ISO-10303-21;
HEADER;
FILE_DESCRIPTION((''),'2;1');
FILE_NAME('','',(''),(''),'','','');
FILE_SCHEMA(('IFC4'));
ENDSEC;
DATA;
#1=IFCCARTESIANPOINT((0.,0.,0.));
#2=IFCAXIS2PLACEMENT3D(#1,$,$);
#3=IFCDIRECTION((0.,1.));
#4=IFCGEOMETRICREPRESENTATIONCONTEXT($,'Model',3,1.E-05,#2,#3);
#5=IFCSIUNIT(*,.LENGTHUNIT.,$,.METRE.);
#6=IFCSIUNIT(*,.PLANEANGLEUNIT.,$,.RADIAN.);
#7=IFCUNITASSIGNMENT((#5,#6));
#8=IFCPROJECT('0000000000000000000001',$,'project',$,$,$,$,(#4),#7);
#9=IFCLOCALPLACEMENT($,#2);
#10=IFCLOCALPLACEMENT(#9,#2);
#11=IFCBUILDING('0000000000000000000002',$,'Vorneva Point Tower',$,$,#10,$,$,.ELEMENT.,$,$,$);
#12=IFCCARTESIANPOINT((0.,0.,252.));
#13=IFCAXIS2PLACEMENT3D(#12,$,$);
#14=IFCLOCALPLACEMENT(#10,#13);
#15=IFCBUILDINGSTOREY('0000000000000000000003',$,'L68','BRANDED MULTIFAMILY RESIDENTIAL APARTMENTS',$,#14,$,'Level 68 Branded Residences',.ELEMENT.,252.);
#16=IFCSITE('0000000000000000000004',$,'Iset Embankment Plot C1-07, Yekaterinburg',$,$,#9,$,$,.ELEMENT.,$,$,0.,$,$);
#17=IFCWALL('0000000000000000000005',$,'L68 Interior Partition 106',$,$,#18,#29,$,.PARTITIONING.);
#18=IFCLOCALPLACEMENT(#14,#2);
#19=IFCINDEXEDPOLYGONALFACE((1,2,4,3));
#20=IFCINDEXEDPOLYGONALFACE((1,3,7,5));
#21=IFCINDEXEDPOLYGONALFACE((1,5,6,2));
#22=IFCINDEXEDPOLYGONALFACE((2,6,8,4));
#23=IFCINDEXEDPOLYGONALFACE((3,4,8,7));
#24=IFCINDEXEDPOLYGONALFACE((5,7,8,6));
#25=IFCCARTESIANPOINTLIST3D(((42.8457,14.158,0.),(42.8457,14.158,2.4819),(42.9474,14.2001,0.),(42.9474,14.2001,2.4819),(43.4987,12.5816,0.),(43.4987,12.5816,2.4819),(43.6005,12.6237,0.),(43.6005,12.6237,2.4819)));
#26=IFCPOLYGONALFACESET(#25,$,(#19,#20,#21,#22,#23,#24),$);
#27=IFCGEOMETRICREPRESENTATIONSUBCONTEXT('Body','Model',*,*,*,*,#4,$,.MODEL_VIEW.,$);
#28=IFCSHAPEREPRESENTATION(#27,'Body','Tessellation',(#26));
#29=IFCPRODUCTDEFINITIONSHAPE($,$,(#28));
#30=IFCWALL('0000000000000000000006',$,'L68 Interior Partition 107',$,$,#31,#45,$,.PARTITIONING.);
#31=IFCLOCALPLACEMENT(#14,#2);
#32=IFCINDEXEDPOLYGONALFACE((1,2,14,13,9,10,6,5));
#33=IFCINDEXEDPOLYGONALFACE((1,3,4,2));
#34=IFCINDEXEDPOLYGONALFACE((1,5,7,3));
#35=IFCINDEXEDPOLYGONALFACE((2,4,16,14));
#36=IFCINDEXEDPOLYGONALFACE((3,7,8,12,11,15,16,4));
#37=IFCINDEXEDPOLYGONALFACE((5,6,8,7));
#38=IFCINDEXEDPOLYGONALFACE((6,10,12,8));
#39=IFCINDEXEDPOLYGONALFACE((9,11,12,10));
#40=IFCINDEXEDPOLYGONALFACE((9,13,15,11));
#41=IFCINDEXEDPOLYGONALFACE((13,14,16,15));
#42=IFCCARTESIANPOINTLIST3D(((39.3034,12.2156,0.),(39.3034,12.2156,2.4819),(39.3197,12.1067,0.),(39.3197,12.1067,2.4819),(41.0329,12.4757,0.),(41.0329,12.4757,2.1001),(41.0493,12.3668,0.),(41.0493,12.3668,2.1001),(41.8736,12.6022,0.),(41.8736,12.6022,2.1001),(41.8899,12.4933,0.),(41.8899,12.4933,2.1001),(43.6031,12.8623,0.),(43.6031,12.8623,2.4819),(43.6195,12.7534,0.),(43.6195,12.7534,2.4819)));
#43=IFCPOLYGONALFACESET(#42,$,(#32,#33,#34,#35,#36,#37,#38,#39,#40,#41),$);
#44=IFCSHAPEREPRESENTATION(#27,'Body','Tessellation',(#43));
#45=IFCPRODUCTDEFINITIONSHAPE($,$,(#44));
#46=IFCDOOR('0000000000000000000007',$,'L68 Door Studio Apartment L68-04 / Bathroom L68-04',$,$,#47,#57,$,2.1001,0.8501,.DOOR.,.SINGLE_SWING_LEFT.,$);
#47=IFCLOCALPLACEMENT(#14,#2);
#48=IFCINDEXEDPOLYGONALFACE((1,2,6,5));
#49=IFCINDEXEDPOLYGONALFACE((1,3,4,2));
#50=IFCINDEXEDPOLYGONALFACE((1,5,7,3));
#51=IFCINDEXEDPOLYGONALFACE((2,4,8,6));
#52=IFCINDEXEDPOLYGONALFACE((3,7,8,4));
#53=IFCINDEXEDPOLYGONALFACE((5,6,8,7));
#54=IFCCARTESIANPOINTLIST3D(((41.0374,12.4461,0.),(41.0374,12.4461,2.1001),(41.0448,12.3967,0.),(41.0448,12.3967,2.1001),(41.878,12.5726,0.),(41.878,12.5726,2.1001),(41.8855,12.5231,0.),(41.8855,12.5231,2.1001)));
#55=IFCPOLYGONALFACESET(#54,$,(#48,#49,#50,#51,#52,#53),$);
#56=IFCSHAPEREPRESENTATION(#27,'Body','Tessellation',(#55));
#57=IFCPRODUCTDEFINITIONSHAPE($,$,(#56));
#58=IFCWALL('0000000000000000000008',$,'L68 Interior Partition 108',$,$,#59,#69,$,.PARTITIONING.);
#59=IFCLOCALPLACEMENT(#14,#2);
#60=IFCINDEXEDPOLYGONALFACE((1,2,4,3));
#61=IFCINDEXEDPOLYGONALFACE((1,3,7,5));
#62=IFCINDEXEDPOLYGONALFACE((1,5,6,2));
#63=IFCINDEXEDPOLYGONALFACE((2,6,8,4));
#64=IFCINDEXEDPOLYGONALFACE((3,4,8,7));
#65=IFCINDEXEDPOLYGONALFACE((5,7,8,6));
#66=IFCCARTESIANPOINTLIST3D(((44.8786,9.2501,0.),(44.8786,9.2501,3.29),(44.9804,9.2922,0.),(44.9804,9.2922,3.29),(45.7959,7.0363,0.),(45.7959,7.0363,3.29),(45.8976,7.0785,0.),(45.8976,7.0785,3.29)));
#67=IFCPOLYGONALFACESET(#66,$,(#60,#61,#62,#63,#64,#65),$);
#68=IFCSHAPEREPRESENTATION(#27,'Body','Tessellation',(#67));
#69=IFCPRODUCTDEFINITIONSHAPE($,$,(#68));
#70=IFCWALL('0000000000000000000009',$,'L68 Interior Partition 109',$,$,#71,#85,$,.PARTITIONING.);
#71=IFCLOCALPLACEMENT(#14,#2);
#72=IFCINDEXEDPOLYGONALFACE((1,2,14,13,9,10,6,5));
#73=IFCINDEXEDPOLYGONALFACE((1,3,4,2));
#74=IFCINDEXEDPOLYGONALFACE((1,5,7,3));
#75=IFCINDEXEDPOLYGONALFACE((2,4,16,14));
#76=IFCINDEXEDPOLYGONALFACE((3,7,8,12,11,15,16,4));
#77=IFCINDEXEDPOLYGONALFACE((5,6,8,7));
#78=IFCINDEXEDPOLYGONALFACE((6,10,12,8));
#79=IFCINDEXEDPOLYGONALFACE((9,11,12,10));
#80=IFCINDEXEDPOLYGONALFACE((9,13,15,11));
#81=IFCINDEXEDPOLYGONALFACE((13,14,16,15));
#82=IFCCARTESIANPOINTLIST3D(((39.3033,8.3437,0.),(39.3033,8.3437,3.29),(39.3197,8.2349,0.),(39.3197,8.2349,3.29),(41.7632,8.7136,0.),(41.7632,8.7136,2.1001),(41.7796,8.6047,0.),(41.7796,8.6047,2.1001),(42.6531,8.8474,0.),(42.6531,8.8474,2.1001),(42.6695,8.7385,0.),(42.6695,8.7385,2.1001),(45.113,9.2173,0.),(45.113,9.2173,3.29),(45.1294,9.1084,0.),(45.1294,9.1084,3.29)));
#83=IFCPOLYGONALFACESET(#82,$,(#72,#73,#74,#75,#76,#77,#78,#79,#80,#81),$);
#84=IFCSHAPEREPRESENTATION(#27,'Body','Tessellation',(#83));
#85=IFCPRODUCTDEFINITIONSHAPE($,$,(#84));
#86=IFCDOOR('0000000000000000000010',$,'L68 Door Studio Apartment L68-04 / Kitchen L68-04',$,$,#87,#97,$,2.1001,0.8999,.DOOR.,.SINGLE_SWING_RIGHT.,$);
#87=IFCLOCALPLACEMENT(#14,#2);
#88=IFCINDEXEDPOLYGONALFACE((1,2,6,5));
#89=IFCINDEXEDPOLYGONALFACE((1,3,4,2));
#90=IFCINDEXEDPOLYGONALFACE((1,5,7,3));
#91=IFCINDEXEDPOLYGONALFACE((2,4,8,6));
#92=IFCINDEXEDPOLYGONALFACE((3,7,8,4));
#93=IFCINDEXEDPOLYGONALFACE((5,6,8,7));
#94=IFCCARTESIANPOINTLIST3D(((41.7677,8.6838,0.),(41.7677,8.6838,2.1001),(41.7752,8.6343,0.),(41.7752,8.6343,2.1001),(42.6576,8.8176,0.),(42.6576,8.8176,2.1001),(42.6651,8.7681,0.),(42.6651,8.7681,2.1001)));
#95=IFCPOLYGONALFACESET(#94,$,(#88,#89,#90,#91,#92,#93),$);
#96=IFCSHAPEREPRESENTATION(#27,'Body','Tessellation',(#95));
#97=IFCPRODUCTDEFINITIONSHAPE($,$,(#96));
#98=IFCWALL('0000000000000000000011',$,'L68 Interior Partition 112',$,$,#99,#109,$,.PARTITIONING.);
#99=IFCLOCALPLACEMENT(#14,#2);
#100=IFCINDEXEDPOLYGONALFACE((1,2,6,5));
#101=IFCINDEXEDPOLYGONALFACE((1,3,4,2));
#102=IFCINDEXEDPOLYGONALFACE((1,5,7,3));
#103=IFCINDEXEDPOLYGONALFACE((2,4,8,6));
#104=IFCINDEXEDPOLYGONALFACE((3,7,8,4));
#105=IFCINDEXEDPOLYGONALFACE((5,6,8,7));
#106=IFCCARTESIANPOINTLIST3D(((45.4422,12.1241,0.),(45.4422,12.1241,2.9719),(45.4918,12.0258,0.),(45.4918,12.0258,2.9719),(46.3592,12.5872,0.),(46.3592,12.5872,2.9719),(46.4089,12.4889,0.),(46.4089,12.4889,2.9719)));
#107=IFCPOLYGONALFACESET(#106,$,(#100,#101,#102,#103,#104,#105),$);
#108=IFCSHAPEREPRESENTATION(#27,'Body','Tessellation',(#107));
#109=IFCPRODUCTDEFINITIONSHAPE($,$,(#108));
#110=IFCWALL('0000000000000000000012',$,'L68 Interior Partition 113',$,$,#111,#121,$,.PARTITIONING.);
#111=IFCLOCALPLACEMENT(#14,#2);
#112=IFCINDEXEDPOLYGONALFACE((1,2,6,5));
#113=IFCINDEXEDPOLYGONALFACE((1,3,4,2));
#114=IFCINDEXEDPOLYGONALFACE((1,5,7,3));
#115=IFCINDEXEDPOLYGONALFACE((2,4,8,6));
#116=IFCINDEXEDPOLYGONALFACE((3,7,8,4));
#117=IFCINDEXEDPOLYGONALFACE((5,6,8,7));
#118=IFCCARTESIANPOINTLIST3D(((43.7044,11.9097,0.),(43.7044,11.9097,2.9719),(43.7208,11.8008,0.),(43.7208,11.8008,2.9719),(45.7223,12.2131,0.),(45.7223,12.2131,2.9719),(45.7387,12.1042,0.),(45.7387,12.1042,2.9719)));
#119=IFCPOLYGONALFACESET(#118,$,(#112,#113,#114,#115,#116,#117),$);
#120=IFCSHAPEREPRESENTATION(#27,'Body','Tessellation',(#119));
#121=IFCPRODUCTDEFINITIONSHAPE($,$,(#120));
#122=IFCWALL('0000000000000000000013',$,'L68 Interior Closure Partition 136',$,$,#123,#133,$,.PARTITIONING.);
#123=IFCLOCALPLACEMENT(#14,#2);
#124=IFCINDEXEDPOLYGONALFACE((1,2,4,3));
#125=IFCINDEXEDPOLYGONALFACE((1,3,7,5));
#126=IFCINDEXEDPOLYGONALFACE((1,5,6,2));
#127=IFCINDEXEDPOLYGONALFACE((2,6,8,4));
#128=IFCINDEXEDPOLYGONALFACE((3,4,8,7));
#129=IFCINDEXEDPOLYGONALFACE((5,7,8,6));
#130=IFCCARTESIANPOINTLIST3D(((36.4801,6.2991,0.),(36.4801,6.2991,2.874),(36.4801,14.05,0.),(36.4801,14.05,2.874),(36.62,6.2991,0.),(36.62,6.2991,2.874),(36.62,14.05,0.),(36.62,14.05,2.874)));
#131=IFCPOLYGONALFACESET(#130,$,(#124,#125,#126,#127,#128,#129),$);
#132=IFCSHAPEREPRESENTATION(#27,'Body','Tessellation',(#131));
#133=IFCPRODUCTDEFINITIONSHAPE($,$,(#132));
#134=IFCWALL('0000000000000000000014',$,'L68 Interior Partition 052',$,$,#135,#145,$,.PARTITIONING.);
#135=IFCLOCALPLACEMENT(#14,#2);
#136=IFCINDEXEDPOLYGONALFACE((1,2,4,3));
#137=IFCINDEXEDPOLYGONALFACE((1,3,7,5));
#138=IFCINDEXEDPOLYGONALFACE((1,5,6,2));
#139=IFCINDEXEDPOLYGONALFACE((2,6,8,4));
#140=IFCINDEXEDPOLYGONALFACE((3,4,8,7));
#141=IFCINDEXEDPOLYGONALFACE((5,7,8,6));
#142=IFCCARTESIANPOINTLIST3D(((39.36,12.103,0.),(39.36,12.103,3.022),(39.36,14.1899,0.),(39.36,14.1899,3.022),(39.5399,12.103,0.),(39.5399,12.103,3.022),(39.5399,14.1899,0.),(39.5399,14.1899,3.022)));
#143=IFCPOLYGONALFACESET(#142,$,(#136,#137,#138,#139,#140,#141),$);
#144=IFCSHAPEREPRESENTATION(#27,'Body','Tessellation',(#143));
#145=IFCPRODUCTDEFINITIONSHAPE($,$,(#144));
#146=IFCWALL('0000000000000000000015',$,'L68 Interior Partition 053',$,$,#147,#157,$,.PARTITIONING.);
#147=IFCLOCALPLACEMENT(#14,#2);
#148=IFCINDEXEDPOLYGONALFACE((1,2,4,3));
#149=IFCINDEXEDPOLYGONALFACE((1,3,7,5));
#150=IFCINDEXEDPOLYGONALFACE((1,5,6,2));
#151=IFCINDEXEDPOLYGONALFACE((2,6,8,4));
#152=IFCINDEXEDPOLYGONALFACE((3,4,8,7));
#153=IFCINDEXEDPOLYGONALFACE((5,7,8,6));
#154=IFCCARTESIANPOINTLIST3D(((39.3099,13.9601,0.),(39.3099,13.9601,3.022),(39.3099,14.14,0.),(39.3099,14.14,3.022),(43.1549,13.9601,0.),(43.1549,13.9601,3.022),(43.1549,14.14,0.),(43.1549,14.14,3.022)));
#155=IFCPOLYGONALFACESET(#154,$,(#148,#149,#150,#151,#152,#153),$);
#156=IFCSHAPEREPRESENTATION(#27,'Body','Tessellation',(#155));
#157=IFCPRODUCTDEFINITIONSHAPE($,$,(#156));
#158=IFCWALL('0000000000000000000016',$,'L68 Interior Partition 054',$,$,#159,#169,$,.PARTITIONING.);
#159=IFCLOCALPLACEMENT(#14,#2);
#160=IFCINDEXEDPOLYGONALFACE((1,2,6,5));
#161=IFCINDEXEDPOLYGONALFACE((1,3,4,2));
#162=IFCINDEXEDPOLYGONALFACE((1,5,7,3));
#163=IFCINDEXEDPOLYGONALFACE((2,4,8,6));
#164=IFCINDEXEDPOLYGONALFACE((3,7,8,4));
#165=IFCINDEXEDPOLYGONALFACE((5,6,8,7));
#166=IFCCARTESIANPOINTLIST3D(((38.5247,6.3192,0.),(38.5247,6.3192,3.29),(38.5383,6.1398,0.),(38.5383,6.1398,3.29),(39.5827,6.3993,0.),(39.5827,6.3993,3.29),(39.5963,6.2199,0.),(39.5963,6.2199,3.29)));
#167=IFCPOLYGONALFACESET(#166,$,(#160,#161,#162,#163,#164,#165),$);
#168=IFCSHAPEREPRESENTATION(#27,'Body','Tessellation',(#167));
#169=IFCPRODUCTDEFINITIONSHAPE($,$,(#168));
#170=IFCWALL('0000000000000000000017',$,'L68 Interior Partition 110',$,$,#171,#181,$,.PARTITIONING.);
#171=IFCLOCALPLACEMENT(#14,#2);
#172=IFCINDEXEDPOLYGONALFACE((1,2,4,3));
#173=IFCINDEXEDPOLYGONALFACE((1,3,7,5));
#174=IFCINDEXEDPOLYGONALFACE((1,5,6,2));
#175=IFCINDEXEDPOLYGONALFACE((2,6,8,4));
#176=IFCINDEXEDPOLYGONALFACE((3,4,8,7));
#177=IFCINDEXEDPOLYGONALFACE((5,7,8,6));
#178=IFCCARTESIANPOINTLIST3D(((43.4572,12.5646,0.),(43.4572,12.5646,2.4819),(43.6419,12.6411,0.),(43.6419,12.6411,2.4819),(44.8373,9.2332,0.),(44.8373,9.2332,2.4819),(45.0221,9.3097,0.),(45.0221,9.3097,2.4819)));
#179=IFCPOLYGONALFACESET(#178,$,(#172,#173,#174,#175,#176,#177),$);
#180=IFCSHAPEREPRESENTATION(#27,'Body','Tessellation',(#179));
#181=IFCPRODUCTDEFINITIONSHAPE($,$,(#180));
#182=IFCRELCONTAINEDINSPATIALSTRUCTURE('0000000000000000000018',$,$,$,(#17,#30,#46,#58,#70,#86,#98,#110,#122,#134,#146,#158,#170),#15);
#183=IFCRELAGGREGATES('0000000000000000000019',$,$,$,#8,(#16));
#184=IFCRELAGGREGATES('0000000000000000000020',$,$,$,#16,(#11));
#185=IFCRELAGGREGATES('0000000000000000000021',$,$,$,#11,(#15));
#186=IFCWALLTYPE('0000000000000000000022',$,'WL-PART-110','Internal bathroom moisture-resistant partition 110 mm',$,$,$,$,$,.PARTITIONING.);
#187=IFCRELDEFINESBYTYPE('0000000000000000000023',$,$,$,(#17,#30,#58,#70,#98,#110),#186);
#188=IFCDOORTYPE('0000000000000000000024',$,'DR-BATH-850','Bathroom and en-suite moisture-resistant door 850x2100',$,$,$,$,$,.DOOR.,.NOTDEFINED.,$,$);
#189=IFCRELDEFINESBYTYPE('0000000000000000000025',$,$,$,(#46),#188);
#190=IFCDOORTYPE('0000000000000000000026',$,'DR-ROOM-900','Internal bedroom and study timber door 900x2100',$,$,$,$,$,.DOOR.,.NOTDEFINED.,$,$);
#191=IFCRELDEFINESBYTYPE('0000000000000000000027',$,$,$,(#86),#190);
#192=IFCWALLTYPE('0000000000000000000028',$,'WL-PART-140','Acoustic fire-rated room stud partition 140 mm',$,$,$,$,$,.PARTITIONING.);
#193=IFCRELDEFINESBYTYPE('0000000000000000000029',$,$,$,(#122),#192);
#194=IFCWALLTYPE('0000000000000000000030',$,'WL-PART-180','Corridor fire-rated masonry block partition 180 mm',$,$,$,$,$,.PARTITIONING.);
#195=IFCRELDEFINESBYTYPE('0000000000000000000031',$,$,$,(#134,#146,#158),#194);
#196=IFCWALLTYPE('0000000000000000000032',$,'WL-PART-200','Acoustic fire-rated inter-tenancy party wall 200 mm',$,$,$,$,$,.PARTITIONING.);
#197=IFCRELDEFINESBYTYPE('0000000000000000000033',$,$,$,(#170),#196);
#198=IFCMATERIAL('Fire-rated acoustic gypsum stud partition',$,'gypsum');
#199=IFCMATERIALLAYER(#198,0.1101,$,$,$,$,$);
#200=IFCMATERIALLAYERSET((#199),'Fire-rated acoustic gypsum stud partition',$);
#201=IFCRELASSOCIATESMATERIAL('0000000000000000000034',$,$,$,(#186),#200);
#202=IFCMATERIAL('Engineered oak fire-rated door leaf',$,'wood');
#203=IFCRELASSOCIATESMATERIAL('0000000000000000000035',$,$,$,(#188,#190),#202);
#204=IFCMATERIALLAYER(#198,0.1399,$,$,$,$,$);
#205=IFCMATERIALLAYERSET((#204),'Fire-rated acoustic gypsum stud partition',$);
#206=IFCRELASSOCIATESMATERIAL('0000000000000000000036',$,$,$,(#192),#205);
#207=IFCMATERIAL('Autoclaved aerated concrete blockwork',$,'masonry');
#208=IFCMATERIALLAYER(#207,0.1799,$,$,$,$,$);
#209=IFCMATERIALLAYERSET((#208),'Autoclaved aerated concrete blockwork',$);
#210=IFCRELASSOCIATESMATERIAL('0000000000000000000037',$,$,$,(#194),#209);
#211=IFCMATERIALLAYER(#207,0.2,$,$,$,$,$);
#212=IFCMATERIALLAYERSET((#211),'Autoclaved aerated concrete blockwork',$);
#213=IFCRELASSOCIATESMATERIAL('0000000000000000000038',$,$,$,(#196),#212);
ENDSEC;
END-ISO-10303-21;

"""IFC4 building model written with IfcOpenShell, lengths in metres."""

from ifc_helpers import new_model, si_unit, direction, frame, frame_2d, origin, place, context, subcontext, project, spatial, rectangle, extrude, material, layer, layer_set, type_object, element, fill, save


model = new_model("IFC4")

# Units and contexts
model_context = context("Model", 3, precision=1e-05, world=origin(), true_north=direction((0.0, 1.0)))
body_context = subcontext(model_context, "Body", "Model", "MODEL_VIEW")
ifc_project = project(units=[si_unit("LENGTHUNIT", "METRE"), si_unit("PLANEANGLEUNIT", "RADIAN")], contexts=[model_context])

# Site, building, storey
site_placement = place(None, origin())
site = spatial("IfcSite", under=ifc_project, at=site_placement, Name="Iset Embankment Plot C1-07, Yekaterinburg", CompositionType="ELEMENT", RefElevation=0.0)
building_placement = place(site_placement, origin())
building = spatial("IfcBuilding", under=site, at=building_placement, Name="Vorneva Point Tower", CompositionType="ELEMENT")
storey_placement = place(building_placement, frame((0.0, 0.0, 252.0)))
storey = spatial("IfcBuildingStorey", under=building, at=storey_placement, Name="L68", Description="BRANDED MULTIFAMILY RESIDENTIAL APARTMENTS", LongName="Level 68 Branded Residences", CompositionType="ELEMENT", Elevation=252.0)

# Wall
ifc_material_1 = material(Name="Fire-rated acoustic gypsum stud partition", Category="gypsum")
ifc_layer_1 = layer(ifc_material_1, 0.1101)
ifc_layer_set_1 = layer_set([ifc_layer_1], Name="Fire-rated acoustic gypsum stud partition")
wall_type_1 = type_object("IfcWallType", Name="WL-PART-110", Description="Internal bathroom moisture-resistant partition 110 mm", PredefinedType="PARTITIONING", material=ifc_layer_set_1)
wall_1_placement = place(storey_placement, frame((43.5496, 12.6028, 0.0), z_axis=(0.0, 0.0, 1.0), x_axis=(-0.382735, 0.923858, 0.0)))
element("IfcWall", 1, at=wall_1_placement, inside=storey, type_object=wall_type_1, Name="L68 Interior Partition 106", PredefinedType="PARTITIONING", context=body_context, shape_type="SweptSolid", body=[
    extrude(rectangle(XDim=1.7063, YDim=0.1101, at=frame_2d((0.853, 0.0))), origin(), (0.0, 0.0, 1.0), 2.4819),
])

# Wall, opening, door
wall_2_placement = place(storey_placement, frame((43.6113, 12.8079, 0.0), z_axis=(0.0, 0.0, 1.0), x_axis=(-0.988877, -0.148736, 0.0)))
wall_2 = element("IfcWall", 2, at=wall_2_placement, inside=storey, type_object=wall_type_1, Name="L68 Interior Partition 107", PredefinedType="PARTITIONING", context=body_context, shape_type="SweptSolid", body=[
    extrude(rectangle(XDim=4.3481, YDim=0.1101, at=frame_2d((2.1741, 0.0))), origin(), (0.0, 0.0, 1.0), 2.4819),
])
opening_1_placement = place(wall_2_placement, frame((1.749, 0.0, 0.0)))
opening_1 = element("IfcOpeningElement", 3, at=opening_1_placement, cuts=wall_2, PredefinedType="OPENING", context=body_context, shape_type="SweptSolid", body=[
    extrude(rectangle(XDim=0.8501, YDim=2.1001, at=frame_2d((0.425, 1.05))), frame((0.0, 0.0698, 0.0), z_axis=(0.0, -1.0, 0.0), x_axis=(1.0, 0.0, 0.0)), (0.0, 0.0, 1.0), 0.1399),
])
ifc_material_2 = material(Name="Engineered oak fire-rated door leaf", Category="wood")
door_type_1 = type_object("IfcDoorType", Name="DR-BATH-850", Description="Bathroom and en-suite moisture-resistant door 850x2100", OperationType="NOTDEFINED", PredefinedType="DOOR", material=ifc_material_2)
door_1_placement = place(opening_1_placement, origin())
door_1 = element("IfcDoor", 4, at=door_1_placement, inside=storey, type_object=door_type_1, Name="L68 Door Studio Apartment L68-04 / Bathroom L68-04", OperationType="SINGLE_SWING_LEFT", OverallHeight=2.1001, OverallWidth=0.8501, PredefinedType="DOOR", context=body_context, shape_type="SweptSolid", body=[
    extrude(rectangle(XDim=0.8501, YDim=2.1001, at=frame_2d((0.425, 1.05))), frame((0.0, 0.0249, 0.0), z_axis=(0.0, -1.0, 0.0), x_axis=(1.0, 0.0, 0.0)), (0.0, 0.0, 1.0), 0.05),
])
fill(opening_1, door_1)

# Wall
wall_3_placement = place(storey_placement, frame((44.9294, 9.2712, 0.0), z_axis=(0.0, 0.0, 1.0), x_axis=(0.382799, -0.923832, 0.0)))
element("IfcWall", 5, at=wall_3_placement, inside=storey, type_object=wall_type_1, Name="L68 Interior Partition 108", PredefinedType="PARTITIONING", context=body_context, shape_type="SweptSolid", body=[
    extrude(rectangle(XDim=2.3962, YDim=0.1101, at=frame_2d((1.1982, 0.0))), origin(), (0.0, 0.0, 1.0), 3.29),
])

# Wall, opening, door
wall_4_placement = place(storey_placement, frame((39.3115, 8.2893, 0.0), z_axis=(0.0, 0.0, 1.0), x_axis=(0.988885, 0.148684, 0.0)))
wall_4 = element("IfcWall", 6, at=wall_4_placement, inside=storey, type_object=wall_type_1, Name="L68 Interior Partition 109", PredefinedType="PARTITIONING", context=body_context, shape_type="SweptSolid", body=[
    extrude(rectangle(XDim=5.875, YDim=0.1101, at=frame_2d((2.9375, 0.0))), origin(), (0.0, 0.0, 1.0), 3.29),
])
opening_2_placement = place(wall_4_placement, frame((2.4875, 0.0, 0.0)))
opening_2 = element("IfcOpeningElement", 7, at=opening_2_placement, cuts=wall_4, PredefinedType="OPENING", context=body_context, shape_type="SweptSolid", body=[
    extrude(rectangle(XDim=0.8999, YDim=2.1001, at=frame_2d((0.45, 1.05))), frame((0.0, 0.0698, 0.0), z_axis=(0.0, -1.0, 0.0), x_axis=(1.0, 0.0, 0.0)), (0.0, 0.0, 1.0), 0.1399),
])
door_type_2 = type_object("IfcDoorType", Name="DR-ROOM-900", Description="Internal bedroom and study timber door 900x2100", OperationType="NOTDEFINED", PredefinedType="DOOR", material=ifc_material_2)
door_2_placement = place(opening_2_placement, origin())
door_2 = element("IfcDoor", 8, at=door_2_placement, inside=storey, type_object=door_type_2, Name="L68 Door Studio Apartment L68-04 / Kitchen L68-04", OperationType="SINGLE_SWING_RIGHT", OverallHeight=2.1001, OverallWidth=0.8999, PredefinedType="DOOR", context=body_context, shape_type="SweptSolid", body=[
    extrude(rectangle(XDim=0.8999, YDim=2.1001, at=frame_2d((0.45, 1.05))), frame((0.0, 0.0249, 0.0), z_axis=(0.0, -1.0, 0.0), x_axis=(1.0, 0.0, 0.0)), (0.0, 0.0, 1.0), 0.05),
])
fill(opening_2, door_2)

# Walls
wall_5_placement = place(storey_placement, frame((46.384, 12.5381, 0.0), z_axis=(0.0, 0.0, 1.0), x_axis=(-0.892614, -0.450822, 0.0)))
element("IfcWall", 9, at=wall_5_placement, inside=storey, type_object=wall_type_1, Name="L68 Interior Partition 112", PredefinedType="PARTITIONING", context=body_context, shape_type="SweptSolid", body=[
    extrude(rectangle(XDim=1.0273, YDim=0.1101, at=frame_2d((0.5137, 0.0))), origin(), (0.0, 0.0, 1.0), 2.9719),
])
wall_6_placement = place(storey_placement, frame((45.7305, 12.1587, 0.0), z_axis=(0.0, 0.0, 1.0), x_axis=(-0.988879, -0.148721, 0.0)))
element("IfcWall", 10, at=wall_6_placement, inside=storey, type_object=wall_type_1, Name="L68 Interior Partition 113", PredefinedType="PARTITIONING", context=body_context, shape_type="SweptSolid", body=[
    extrude(rectangle(XDim=2.0405, YDim=0.1101, at=frame_2d((1.0203, 0.0))), origin(), (0.0, 0.0, 1.0), 2.9719),
])
ifc_layer_2 = layer(ifc_material_1, 0.1399)
ifc_layer_set_2 = layer_set([ifc_layer_2], Name="Fire-rated acoustic gypsum stud partition")
wall_type_2 = type_object("IfcWallType", Name="WL-PART-140", Description="Acoustic fire-rated room stud partition 140 mm", PredefinedType="PARTITIONING", material=ifc_layer_set_2)
wall_7_placement = place(storey_placement, frame((36.55, 14.05, 0.0), z_axis=(0.0, 0.0, 1.0), x_axis=(0.0, -1.0, 0.0)))
element("IfcWall", 11, at=wall_7_placement, inside=storey, type_object=wall_type_2, Name="L68 Interior Closure Partition 136", PredefinedType="PARTITIONING", context=body_context, shape_type="SweptSolid", body=[
    extrude(rectangle(XDim=7.751, YDim=0.1399, at=frame_2d((3.8755, 0.0))), origin(), (0.0, 0.0, 1.0), 2.874),
])

# Shared definitions
ifc_material_3 = material(Name="Autoclaved aerated concrete blockwork", Category="masonry")
ifc_layer_3 = layer(ifc_material_3, 0.1799)
ifc_layer_set_3 = layer_set([ifc_layer_3], Name="Autoclaved aerated concrete blockwork")
wall_type_3 = type_object("IfcWallType", Name="WL-PART-180", Description="Corridor fire-rated masonry block partition 180 mm", PredefinedType="PARTITIONING", material=ifc_layer_set_3)

# Walls
wall_8_placement = place(storey_placement, frame((39.45, 12.103, 0.0), z_axis=(0.0, 0.0, 1.0), x_axis=(0.0, 1.0, 0.0)))
element("IfcWall", 12, at=wall_8_placement, inside=storey, type_object=wall_type_3, Name="L68 Interior Partition 052", PredefinedType="PARTITIONING", context=body_context, shape_type="SweptSolid", body=[
    extrude(rectangle(XDim=2.0869, YDim=0.1799, at=frame_2d((1.0435, 0.0))), origin(), (0.0, 0.0, 1.0), 3.022),
])
wall_9_placement = place(storey_placement, frame((39.3101, 14.05, 0.0), z_axis=(0.0, 0.0, 1.0), x_axis=(1.0, 0.0, 0.0)))
element("IfcWall", 13, at=wall_9_placement, inside=storey, type_object=wall_type_3, Name="L68 Interior Partition 053", PredefinedType="PARTITIONING", context=body_context, shape_type="SweptSolid", body=[
    extrude(rectangle(XDim=3.845, YDim=0.1799, at=frame_2d((1.9224, 0.0))), origin(), (0.0, 0.0, 1.0), 3.022),
])
wall_10_placement = place(storey_placement, frame((38.5315, 6.2295, 0.0), z_axis=(0.0, 0.0, 1.0), x_axis=(0.997148, 0.075465, 0.0)))
element("IfcWall", 14, at=wall_10_placement, inside=storey, type_object=wall_type_3, Name="L68 Interior Partition 054", PredefinedType="PARTITIONING", context=body_context, shape_type="SweptSolid", body=[
    extrude(rectangle(XDim=1.061, YDim=0.1799, at=frame_2d((0.5305, 0.0))), origin(), (0.0, 0.0, 1.0), 3.29),
])

# Wall
ifc_layer_4 = layer(ifc_material_3, 0.2)
ifc_layer_set_4 = layer_set([ifc_layer_4], Name="Autoclaved aerated concrete blockwork")
wall_type_4 = type_object("IfcWallType", Name="WL-PART-200", Description="Acoustic fire-rated inter-tenancy party wall 200 mm", PredefinedType="PARTITIONING", material=ifc_layer_set_4)
wall_11_placement = place(storey_placement, frame((44.9297, 9.2715, 0.0), z_axis=(0.0, 0.0, 1.0), x_axis=(-0.382744, 0.923854, 0.0)))
element("IfcWall", 15, at=wall_11_placement, inside=storey, type_object=wall_type_4, Name="L68 Interior Partition 110", PredefinedType="PARTITIONING", context=body_context, shape_type="SweptSolid", body=[
    extrude(rectangle(XDim=3.606, YDim=0.2, at=frame_2d((1.803, 0.0))), origin(), (0.0, 0.0, 1.0), 2.4819),
])

save(model, "model.ifc")
